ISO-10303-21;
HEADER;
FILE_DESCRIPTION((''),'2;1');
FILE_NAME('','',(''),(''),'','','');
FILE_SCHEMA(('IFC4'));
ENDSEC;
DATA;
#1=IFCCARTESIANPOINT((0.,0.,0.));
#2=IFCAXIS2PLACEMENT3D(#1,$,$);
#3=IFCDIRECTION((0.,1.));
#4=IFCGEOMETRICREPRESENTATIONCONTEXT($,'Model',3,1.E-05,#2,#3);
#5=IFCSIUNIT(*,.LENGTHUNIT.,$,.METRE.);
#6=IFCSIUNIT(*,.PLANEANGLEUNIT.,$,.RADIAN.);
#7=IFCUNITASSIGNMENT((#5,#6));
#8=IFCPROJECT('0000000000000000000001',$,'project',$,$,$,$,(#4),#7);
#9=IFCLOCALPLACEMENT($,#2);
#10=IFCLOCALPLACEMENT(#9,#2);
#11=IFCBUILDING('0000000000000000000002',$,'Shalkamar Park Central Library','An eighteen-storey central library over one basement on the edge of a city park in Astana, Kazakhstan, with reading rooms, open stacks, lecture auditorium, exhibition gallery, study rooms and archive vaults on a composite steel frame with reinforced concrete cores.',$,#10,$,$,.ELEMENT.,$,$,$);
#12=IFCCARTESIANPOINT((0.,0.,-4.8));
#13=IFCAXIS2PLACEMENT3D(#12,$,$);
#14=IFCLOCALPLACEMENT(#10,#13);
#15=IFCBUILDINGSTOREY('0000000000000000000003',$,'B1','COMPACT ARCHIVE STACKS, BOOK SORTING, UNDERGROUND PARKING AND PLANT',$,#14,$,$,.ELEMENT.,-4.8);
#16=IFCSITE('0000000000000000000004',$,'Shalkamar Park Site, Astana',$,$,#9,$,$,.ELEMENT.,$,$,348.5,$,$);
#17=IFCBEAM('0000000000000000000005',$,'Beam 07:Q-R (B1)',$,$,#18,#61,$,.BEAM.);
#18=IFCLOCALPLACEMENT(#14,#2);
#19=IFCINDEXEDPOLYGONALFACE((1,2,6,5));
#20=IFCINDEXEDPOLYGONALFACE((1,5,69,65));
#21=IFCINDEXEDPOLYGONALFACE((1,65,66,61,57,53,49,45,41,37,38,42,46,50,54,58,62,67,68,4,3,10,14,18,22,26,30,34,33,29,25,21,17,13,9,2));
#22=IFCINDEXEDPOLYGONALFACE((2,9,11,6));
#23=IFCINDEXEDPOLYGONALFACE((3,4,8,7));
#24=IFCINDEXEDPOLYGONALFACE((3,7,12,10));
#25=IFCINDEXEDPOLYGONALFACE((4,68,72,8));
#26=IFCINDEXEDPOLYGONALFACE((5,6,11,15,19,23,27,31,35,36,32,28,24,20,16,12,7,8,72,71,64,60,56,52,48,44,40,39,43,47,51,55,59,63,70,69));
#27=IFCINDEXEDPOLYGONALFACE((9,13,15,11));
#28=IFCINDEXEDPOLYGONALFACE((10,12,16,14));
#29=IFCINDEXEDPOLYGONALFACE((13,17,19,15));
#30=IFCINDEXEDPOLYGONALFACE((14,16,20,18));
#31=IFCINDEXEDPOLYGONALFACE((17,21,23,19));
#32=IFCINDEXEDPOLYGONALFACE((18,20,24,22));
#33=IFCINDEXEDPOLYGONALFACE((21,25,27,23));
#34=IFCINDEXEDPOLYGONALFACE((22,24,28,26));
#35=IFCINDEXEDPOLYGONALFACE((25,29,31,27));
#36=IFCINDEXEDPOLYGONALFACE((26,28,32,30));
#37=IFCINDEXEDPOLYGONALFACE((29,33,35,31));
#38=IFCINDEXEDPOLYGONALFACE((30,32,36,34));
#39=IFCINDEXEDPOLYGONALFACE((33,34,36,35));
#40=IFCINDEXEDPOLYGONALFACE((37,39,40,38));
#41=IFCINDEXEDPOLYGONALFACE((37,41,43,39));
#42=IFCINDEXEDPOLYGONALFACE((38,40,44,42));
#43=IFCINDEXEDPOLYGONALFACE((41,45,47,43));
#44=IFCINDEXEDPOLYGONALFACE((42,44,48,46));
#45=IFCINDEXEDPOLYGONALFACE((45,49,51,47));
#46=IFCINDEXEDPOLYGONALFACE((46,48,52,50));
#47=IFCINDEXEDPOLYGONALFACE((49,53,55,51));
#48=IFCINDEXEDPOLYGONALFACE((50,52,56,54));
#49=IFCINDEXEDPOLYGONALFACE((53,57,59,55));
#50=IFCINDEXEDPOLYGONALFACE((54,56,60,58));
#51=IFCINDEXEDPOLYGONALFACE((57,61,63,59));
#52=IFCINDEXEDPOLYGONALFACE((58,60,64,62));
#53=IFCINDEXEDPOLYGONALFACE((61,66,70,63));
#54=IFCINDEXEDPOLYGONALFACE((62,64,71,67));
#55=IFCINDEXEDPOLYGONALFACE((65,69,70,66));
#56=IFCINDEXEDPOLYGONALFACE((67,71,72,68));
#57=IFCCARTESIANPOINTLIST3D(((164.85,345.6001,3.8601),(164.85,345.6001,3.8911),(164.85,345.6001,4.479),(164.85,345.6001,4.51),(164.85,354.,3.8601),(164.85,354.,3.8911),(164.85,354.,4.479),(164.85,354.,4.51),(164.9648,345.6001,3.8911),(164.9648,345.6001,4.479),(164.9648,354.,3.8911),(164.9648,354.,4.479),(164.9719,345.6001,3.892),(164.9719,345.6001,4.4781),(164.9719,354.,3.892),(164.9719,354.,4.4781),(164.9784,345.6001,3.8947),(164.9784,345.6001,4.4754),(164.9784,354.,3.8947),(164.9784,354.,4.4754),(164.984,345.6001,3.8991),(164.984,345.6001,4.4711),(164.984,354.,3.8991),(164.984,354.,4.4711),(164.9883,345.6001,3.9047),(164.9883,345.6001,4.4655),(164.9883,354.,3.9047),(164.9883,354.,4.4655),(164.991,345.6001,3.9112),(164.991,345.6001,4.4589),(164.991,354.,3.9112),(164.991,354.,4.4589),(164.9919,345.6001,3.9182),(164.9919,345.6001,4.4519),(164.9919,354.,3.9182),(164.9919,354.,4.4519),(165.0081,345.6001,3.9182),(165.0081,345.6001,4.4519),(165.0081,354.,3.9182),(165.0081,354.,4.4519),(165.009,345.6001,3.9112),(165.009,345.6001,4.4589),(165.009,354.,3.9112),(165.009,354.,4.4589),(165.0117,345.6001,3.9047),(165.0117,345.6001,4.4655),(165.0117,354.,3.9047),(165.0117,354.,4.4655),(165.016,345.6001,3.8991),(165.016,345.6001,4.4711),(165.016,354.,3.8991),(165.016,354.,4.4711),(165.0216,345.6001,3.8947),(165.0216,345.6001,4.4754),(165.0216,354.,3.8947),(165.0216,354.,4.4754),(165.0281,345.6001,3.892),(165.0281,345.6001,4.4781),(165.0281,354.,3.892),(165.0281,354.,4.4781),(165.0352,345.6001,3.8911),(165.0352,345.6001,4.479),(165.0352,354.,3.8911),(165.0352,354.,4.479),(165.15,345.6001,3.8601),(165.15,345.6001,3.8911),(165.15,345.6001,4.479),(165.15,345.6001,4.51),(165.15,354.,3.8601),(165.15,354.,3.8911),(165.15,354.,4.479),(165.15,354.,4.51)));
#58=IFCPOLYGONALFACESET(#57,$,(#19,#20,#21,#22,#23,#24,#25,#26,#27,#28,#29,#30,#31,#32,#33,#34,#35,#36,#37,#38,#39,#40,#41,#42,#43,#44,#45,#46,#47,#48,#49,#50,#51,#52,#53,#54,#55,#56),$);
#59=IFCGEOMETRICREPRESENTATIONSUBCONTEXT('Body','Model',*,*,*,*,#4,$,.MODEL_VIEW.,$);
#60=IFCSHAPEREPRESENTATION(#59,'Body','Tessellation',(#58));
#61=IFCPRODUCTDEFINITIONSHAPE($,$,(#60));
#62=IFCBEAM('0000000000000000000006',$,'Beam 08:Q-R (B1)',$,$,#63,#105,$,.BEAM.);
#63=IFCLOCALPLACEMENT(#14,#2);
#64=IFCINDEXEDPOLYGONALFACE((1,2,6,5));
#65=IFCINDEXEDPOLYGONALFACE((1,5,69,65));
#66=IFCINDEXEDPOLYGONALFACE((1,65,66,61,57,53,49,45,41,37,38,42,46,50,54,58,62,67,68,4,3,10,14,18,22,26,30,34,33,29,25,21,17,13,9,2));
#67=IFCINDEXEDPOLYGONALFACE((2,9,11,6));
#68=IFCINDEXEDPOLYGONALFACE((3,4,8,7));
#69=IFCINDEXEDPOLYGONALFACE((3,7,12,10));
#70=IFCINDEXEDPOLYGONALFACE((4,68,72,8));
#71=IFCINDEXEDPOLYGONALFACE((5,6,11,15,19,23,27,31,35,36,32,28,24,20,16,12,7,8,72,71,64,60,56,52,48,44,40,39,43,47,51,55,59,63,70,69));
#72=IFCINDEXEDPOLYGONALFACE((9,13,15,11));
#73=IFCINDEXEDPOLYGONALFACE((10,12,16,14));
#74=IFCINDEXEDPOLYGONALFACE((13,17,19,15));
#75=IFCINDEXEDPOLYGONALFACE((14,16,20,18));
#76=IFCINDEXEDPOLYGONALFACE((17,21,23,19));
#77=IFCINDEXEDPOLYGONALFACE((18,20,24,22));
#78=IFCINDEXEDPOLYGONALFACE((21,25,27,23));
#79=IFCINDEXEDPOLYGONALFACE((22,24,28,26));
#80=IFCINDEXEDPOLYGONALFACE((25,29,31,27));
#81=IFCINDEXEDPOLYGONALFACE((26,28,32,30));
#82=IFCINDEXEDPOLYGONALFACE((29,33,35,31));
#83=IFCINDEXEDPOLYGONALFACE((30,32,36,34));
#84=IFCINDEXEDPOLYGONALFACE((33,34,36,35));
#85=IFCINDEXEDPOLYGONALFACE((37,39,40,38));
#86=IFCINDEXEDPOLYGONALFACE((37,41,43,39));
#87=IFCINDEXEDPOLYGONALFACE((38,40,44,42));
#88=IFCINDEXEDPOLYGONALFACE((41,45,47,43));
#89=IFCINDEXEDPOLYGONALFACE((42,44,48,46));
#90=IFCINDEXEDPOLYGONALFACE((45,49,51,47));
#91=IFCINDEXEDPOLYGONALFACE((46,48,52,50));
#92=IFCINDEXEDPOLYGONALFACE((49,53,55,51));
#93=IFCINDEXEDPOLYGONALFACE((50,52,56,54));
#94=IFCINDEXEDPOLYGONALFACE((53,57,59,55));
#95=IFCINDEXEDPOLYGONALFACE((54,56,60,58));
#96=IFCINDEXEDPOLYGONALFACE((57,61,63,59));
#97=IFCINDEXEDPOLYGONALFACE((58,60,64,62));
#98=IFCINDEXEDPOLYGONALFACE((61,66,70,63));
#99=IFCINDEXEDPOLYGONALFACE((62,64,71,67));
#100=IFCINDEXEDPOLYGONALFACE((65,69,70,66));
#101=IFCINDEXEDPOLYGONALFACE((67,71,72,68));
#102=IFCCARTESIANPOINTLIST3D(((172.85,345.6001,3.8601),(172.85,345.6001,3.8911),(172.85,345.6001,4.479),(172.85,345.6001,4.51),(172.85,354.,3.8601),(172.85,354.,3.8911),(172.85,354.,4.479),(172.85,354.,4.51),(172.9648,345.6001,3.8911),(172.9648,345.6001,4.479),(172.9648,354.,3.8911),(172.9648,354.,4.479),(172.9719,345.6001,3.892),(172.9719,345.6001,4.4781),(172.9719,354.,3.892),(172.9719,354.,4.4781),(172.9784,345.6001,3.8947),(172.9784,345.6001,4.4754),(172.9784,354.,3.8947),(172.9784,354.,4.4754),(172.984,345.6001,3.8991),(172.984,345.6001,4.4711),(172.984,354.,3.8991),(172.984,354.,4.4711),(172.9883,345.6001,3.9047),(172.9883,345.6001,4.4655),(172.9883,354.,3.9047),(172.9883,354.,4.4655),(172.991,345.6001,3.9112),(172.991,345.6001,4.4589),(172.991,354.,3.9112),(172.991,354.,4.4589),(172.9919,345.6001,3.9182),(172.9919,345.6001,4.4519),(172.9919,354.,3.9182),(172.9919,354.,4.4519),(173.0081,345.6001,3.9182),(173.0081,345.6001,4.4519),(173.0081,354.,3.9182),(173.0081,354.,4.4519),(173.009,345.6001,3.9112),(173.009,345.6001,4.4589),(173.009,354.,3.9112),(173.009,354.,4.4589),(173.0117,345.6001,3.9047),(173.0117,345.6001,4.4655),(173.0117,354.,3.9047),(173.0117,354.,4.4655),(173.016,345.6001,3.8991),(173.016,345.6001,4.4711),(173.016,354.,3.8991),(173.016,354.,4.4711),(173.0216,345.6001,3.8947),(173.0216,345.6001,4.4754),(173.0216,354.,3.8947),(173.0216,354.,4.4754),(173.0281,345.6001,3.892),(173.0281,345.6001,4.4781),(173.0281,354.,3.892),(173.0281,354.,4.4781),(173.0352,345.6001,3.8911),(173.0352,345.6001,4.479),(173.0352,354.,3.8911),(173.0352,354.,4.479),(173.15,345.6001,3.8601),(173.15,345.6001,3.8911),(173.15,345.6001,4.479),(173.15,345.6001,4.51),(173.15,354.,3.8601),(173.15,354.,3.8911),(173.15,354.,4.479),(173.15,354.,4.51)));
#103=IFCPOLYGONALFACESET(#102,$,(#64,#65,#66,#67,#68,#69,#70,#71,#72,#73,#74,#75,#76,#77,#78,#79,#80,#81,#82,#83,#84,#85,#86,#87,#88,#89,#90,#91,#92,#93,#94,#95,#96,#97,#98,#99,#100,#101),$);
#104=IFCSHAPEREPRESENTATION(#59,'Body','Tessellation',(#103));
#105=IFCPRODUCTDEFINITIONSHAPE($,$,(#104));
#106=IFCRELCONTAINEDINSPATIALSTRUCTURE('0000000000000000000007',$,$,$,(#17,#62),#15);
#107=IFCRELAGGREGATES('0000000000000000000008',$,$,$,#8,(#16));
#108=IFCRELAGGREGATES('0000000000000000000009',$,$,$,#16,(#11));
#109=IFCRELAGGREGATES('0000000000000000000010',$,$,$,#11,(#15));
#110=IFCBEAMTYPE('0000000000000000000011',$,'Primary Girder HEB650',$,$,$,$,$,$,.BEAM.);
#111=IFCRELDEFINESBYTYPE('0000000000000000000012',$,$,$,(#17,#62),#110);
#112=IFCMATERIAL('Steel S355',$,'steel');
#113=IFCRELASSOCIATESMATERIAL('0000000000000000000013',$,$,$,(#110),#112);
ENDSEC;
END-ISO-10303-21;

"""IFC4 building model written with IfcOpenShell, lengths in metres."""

from ifc_helpers import new_model, si_unit, direction, frame, origin, origin_2d, place, context, subcontext, project, spatial, i_section, extrude, material, material_profile, profile_set, type_object, element, save


model = new_model("IFC4")

# Units and contexts
model_context = context("Model", 3, precision=1e-05, world=origin(), true_north=direction((0.0, 1.0)))
body_context = subcontext(model_context, "Body", "Model", "MODEL_VIEW")
ifc_project = project(units=[si_unit("LENGTHUNIT", "METRE"), si_unit("PLANEANGLEUNIT", "RADIAN")], contexts=[model_context])

# Site, building, storey
site_placement = place(None, origin())
site = spatial("IfcSite", under=ifc_project, at=site_placement, Name="Shalkamar Park Site, Astana", CompositionType="ELEMENT", RefElevation=348.5)
building_placement = place(site_placement, origin())
building = spatial("IfcBuilding", under=site, at=building_placement, Name="Shalkamar Park Central Library", Description="An eighteen-storey central library over one basement on the edge of a city park in Astana, Kazakhstan, with reading rooms, open stacks, lecture auditorium, exhibition gallery, study rooms and archive vaults on a composite steel frame with reinforced concrete cores.", CompositionType="ELEMENT")
storey_placement = place(building_placement, frame((0.0, 0.0, -4.8)))
storey = spatial("IfcBuildingStorey", under=building, at=storey_placement, Name="B1", Description="COMPACT ARCHIVE STACKS, BOOK SORTING, UNDERGROUND PARKING AND PLANT", CompositionType="ELEMENT", Elevation=-4.8)

# Shared definitions
ifc_material_1 = material(Name="Steel S355", Category="steel")

# Beams
ifc_material_profile_1 = material_profile(ifc_material_1, i_section(OverallWidth=0.3, OverallDepth=0.6499, WebThickness=0.0161, FlangeThickness=0.031, FilletRadius=0.0271, at=origin_2d()), Name="HEB 650")
ifc_profile_set_1 = profile_set([ifc_material_profile_1], Name="Steel S355")
beam_type_1 = type_object("IfcBeamType", Name="Primary Girder HEB650", PredefinedType="BEAM", material=ifc_profile_set_1)
for number, where, z_axis, x_axis, name in (
    (1, (165.0, 345.6001, 4.1851), (0.0, 1.0, 0.0), (-1.0, 0.0, 0.0), "Beam 07:Q-R (B1)"),
    (2, (173.0, 345.6001, 4.1851), (0.0, 1.0, 0.0), (-1.0, 0.0, 0.0), "Beam 08:Q-R (B1)"),
):
    element("IfcBeam", number, at=place(storey_placement, frame(where, z_axis=z_axis, x_axis=x_axis)), inside=storey, type_object=beam_type_1, Name=name, PredefinedType="BEAM", context=body_context, shape_type="SweptSolid", body=[
        extrude(i_section(OverallWidth=0.3, OverallDepth=0.6499, WebThickness=0.0161, FlangeThickness=0.031, FilletRadius=0.0271, at=origin_2d()), origin(), (0.0, 0.0, 1.0), 8.3999),
    ])

save(model, "model.ifc")
